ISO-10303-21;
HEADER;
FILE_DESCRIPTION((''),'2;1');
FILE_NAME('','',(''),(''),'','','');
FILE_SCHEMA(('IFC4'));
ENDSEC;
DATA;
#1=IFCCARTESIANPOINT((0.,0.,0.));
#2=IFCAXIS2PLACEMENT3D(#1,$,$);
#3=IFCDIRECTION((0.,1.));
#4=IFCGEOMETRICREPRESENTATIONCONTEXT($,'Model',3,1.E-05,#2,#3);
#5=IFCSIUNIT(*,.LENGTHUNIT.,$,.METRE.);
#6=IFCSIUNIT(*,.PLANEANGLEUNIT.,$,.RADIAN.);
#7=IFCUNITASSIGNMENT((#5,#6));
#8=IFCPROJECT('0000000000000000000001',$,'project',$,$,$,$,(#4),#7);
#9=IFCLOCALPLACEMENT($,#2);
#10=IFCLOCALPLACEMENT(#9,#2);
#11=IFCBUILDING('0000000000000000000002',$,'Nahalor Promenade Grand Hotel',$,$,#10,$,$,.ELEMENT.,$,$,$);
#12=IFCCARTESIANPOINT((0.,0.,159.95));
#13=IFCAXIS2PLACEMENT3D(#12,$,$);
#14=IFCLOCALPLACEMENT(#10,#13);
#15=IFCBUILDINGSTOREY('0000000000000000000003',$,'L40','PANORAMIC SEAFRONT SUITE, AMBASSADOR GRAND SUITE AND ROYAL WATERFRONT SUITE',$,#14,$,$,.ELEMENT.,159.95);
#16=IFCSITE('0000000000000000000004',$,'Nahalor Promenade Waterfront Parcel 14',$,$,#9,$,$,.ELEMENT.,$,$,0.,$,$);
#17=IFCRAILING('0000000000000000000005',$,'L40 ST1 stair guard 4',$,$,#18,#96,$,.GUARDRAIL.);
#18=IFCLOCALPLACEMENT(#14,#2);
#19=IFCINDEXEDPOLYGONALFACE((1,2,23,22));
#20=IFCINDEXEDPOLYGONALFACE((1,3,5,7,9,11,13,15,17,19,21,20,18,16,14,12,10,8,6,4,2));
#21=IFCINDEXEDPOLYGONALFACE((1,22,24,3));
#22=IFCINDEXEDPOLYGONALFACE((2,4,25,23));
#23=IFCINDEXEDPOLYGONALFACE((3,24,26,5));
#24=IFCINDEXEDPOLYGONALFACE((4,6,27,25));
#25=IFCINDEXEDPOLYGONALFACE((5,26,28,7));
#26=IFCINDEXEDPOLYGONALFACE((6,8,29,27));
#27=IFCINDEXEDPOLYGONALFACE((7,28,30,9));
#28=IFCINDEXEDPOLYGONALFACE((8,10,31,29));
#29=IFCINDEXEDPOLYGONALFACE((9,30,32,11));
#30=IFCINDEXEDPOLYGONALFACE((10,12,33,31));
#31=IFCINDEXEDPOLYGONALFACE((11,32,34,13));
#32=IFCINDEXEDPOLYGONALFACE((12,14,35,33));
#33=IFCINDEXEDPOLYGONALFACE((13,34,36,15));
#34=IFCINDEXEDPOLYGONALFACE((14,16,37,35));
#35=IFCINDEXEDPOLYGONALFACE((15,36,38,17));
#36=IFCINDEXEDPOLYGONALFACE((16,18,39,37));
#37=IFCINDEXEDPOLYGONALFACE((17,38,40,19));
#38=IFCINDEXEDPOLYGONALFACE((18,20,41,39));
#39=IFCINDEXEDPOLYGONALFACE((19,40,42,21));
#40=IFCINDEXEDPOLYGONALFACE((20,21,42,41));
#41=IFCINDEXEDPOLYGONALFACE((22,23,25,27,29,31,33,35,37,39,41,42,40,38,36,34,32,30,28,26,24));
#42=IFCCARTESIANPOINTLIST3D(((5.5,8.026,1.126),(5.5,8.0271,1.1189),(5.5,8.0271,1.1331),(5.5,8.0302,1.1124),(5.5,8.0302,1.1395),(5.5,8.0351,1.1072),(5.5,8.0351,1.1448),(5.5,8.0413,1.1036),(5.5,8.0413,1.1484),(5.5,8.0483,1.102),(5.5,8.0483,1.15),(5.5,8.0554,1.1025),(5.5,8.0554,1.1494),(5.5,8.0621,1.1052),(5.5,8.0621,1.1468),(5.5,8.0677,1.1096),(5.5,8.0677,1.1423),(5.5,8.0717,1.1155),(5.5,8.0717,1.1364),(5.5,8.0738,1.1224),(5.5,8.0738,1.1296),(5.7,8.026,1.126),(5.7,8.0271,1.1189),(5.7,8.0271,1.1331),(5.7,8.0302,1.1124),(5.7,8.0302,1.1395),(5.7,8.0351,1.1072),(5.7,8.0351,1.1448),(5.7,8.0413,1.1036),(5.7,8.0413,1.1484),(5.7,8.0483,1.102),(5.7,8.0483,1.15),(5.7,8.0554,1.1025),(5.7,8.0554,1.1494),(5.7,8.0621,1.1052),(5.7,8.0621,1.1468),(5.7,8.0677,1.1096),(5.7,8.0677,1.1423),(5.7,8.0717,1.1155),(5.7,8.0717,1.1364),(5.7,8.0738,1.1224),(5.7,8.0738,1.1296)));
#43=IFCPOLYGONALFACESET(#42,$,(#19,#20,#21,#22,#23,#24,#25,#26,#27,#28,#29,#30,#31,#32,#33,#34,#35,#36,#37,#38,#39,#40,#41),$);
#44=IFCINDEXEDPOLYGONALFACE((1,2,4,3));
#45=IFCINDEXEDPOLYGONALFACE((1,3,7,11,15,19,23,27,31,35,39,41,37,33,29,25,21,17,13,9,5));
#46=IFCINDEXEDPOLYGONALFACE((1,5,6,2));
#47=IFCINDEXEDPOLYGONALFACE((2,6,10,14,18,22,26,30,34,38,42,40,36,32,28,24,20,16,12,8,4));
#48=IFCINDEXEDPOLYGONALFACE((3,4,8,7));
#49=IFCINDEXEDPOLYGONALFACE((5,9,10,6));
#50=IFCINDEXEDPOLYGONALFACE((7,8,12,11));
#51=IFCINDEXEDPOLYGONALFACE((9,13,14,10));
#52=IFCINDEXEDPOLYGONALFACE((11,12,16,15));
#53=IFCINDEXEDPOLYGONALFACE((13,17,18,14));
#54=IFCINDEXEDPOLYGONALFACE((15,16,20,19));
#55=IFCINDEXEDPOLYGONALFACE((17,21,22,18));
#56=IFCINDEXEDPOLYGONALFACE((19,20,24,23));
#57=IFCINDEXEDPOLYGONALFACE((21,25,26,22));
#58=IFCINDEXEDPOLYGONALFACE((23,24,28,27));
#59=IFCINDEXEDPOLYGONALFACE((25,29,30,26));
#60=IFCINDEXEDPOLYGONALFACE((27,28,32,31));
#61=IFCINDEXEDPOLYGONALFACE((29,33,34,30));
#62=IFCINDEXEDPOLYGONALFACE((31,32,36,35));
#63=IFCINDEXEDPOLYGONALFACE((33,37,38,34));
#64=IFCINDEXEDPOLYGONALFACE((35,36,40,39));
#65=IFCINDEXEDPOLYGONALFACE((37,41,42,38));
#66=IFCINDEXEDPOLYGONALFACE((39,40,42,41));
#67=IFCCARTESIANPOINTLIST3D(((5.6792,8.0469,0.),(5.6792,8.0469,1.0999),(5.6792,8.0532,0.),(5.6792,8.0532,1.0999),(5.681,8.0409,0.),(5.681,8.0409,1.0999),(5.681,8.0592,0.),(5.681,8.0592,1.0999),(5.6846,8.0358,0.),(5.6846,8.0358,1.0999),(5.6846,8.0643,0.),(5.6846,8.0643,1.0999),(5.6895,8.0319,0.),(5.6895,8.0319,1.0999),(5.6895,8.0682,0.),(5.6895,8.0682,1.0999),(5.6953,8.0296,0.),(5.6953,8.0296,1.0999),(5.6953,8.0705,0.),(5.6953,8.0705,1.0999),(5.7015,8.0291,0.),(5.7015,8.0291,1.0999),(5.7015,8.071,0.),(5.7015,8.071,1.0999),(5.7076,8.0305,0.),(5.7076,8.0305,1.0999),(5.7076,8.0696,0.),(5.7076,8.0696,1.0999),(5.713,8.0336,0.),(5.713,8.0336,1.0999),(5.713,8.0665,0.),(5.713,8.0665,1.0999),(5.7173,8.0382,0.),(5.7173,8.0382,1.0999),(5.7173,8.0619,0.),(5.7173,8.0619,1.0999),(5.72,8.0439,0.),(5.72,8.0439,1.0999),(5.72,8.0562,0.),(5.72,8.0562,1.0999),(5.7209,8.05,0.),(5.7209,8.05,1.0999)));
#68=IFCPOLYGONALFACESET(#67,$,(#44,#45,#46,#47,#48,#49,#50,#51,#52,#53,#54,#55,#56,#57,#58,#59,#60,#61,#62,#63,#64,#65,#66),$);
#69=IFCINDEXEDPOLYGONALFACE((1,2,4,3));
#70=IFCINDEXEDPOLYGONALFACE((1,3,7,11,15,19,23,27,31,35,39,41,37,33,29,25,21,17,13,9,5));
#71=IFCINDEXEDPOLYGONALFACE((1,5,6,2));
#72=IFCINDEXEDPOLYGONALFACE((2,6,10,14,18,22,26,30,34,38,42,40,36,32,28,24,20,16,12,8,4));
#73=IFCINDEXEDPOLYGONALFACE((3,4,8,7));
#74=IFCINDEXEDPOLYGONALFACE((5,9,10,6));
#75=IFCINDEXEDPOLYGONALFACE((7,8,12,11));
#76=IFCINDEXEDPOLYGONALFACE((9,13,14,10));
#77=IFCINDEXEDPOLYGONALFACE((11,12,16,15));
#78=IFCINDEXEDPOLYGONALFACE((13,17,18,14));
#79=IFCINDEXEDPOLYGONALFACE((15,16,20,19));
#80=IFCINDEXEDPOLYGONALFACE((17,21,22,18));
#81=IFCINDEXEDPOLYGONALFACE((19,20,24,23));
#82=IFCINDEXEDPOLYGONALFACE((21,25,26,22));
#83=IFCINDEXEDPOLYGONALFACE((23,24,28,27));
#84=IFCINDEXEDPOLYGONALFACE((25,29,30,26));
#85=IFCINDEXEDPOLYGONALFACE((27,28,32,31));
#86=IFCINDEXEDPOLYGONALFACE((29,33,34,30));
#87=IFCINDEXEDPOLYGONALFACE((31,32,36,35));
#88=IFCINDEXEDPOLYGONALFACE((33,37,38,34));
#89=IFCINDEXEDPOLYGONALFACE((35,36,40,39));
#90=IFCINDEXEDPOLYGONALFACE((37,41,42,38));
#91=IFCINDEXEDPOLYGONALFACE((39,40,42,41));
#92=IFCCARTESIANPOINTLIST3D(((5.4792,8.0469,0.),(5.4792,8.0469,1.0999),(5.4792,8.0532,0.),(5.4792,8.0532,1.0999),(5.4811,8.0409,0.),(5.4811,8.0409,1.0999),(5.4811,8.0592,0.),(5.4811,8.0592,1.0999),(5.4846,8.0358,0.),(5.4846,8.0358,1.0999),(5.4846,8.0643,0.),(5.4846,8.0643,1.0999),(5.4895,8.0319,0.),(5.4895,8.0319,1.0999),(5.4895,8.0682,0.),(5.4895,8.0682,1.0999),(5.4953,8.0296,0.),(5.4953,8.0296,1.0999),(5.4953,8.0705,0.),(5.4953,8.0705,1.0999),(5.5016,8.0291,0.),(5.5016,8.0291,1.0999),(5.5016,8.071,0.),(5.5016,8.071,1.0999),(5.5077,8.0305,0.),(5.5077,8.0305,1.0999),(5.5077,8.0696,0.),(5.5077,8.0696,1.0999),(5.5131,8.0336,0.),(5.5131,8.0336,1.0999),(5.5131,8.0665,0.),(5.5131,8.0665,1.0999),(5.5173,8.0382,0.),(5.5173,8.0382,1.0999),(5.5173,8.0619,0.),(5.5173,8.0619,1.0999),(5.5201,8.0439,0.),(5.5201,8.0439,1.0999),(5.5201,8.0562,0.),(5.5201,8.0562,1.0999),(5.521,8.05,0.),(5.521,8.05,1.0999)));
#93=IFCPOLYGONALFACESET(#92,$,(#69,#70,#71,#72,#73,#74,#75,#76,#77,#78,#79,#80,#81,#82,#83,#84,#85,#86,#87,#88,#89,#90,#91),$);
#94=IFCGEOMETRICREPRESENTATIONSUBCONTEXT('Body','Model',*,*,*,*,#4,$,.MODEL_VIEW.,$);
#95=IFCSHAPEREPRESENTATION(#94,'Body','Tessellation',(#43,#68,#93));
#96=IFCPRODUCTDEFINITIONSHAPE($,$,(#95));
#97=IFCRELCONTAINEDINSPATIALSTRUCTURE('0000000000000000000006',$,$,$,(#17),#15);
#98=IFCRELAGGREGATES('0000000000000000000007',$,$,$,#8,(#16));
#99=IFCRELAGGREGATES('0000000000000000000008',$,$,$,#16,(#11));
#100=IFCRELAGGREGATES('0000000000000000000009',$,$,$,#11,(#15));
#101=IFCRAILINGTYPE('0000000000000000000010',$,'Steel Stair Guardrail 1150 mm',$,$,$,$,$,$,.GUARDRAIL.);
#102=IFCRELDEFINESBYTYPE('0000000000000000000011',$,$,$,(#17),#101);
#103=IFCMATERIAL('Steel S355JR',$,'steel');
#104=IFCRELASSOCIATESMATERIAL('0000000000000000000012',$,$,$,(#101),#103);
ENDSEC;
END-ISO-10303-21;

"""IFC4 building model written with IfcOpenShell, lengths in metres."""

from ifc_helpers import new_model, si_unit, direction, frame, origin, origin_2d, place, context, subcontext, project, spatial, circle, extrude, material, type_object, element, save


model = new_model("IFC4")

# Units and contexts
model_context = context("Model", 3, precision=1e-05, world=origin(), true_north=direction((0.0, 1.0)))
body_context = subcontext(model_context, "Body", "Model", "MODEL_VIEW")
ifc_project = project(units=[si_unit("LENGTHUNIT", "METRE"), si_unit("PLANEANGLEUNIT", "RADIAN")], contexts=[model_context])

# Site, building, storey
site_placement = place(None, origin())
site = spatial("IfcSite", under=ifc_project, at=site_placement, Name="Nahalor Promenade Waterfront Parcel 14", CompositionType="ELEMENT", RefElevation=0.0)
building_placement = place(site_placement, origin())
building = spatial("IfcBuilding", under=site, at=building_placement, Name="Nahalor Promenade Grand Hotel", CompositionType="ELEMENT")
storey_placement = place(building_placement, frame((0.0, 0.0, 159.95)))
storey = spatial("IfcBuildingStorey", under=building, at=storey_placement, Name="L40", Description="PANORAMIC SEAFRONT SUITE, AMBASSADOR GRAND SUITE AND ROYAL WATERFRONT SUITE", CompositionType="ELEMENT", Elevation=159.95)

# Shared definitions
ifc_material_1 = material(Name="Steel S355JR", Category="steel")

# Railing
railing_type_1 = type_object("IfcRailingType", Name="Steel Stair Guardrail 1150 mm", PredefinedType="GUARDRAIL", material=ifc_material_1)
railing_1_placement = place(storey_placement, frame((5.7, 8.05, 0.0)))
element("IfcRailing", 1, at=railing_1_placement, inside=storey, type_object=railing_type_1, Name="L40 ST1 stair guard 4", PredefinedType="GUARDRAIL", context=body_context, shape_type="SweptSolid", body=[
    extrude(circle(Radius=0.024, at=origin_2d()), frame((0.0, 0.0, 1.126), z_axis=(-1.0, 0.0, 0.0), x_axis=(0.0, -1.0, 0.0)), (0.0, 0.0, 1.0), 0.2),
    extrude(circle(Radius=0.021, at=origin_2d()), origin(), (0.0, 0.0, 1.0), 1.0999),
    extrude(circle(Radius=0.021, at=origin_2d()), frame((-0.2, 0.0, 0.0)), (0.0, 0.0, 1.0), 1.0999),
])

save(model, "model.ifc")
